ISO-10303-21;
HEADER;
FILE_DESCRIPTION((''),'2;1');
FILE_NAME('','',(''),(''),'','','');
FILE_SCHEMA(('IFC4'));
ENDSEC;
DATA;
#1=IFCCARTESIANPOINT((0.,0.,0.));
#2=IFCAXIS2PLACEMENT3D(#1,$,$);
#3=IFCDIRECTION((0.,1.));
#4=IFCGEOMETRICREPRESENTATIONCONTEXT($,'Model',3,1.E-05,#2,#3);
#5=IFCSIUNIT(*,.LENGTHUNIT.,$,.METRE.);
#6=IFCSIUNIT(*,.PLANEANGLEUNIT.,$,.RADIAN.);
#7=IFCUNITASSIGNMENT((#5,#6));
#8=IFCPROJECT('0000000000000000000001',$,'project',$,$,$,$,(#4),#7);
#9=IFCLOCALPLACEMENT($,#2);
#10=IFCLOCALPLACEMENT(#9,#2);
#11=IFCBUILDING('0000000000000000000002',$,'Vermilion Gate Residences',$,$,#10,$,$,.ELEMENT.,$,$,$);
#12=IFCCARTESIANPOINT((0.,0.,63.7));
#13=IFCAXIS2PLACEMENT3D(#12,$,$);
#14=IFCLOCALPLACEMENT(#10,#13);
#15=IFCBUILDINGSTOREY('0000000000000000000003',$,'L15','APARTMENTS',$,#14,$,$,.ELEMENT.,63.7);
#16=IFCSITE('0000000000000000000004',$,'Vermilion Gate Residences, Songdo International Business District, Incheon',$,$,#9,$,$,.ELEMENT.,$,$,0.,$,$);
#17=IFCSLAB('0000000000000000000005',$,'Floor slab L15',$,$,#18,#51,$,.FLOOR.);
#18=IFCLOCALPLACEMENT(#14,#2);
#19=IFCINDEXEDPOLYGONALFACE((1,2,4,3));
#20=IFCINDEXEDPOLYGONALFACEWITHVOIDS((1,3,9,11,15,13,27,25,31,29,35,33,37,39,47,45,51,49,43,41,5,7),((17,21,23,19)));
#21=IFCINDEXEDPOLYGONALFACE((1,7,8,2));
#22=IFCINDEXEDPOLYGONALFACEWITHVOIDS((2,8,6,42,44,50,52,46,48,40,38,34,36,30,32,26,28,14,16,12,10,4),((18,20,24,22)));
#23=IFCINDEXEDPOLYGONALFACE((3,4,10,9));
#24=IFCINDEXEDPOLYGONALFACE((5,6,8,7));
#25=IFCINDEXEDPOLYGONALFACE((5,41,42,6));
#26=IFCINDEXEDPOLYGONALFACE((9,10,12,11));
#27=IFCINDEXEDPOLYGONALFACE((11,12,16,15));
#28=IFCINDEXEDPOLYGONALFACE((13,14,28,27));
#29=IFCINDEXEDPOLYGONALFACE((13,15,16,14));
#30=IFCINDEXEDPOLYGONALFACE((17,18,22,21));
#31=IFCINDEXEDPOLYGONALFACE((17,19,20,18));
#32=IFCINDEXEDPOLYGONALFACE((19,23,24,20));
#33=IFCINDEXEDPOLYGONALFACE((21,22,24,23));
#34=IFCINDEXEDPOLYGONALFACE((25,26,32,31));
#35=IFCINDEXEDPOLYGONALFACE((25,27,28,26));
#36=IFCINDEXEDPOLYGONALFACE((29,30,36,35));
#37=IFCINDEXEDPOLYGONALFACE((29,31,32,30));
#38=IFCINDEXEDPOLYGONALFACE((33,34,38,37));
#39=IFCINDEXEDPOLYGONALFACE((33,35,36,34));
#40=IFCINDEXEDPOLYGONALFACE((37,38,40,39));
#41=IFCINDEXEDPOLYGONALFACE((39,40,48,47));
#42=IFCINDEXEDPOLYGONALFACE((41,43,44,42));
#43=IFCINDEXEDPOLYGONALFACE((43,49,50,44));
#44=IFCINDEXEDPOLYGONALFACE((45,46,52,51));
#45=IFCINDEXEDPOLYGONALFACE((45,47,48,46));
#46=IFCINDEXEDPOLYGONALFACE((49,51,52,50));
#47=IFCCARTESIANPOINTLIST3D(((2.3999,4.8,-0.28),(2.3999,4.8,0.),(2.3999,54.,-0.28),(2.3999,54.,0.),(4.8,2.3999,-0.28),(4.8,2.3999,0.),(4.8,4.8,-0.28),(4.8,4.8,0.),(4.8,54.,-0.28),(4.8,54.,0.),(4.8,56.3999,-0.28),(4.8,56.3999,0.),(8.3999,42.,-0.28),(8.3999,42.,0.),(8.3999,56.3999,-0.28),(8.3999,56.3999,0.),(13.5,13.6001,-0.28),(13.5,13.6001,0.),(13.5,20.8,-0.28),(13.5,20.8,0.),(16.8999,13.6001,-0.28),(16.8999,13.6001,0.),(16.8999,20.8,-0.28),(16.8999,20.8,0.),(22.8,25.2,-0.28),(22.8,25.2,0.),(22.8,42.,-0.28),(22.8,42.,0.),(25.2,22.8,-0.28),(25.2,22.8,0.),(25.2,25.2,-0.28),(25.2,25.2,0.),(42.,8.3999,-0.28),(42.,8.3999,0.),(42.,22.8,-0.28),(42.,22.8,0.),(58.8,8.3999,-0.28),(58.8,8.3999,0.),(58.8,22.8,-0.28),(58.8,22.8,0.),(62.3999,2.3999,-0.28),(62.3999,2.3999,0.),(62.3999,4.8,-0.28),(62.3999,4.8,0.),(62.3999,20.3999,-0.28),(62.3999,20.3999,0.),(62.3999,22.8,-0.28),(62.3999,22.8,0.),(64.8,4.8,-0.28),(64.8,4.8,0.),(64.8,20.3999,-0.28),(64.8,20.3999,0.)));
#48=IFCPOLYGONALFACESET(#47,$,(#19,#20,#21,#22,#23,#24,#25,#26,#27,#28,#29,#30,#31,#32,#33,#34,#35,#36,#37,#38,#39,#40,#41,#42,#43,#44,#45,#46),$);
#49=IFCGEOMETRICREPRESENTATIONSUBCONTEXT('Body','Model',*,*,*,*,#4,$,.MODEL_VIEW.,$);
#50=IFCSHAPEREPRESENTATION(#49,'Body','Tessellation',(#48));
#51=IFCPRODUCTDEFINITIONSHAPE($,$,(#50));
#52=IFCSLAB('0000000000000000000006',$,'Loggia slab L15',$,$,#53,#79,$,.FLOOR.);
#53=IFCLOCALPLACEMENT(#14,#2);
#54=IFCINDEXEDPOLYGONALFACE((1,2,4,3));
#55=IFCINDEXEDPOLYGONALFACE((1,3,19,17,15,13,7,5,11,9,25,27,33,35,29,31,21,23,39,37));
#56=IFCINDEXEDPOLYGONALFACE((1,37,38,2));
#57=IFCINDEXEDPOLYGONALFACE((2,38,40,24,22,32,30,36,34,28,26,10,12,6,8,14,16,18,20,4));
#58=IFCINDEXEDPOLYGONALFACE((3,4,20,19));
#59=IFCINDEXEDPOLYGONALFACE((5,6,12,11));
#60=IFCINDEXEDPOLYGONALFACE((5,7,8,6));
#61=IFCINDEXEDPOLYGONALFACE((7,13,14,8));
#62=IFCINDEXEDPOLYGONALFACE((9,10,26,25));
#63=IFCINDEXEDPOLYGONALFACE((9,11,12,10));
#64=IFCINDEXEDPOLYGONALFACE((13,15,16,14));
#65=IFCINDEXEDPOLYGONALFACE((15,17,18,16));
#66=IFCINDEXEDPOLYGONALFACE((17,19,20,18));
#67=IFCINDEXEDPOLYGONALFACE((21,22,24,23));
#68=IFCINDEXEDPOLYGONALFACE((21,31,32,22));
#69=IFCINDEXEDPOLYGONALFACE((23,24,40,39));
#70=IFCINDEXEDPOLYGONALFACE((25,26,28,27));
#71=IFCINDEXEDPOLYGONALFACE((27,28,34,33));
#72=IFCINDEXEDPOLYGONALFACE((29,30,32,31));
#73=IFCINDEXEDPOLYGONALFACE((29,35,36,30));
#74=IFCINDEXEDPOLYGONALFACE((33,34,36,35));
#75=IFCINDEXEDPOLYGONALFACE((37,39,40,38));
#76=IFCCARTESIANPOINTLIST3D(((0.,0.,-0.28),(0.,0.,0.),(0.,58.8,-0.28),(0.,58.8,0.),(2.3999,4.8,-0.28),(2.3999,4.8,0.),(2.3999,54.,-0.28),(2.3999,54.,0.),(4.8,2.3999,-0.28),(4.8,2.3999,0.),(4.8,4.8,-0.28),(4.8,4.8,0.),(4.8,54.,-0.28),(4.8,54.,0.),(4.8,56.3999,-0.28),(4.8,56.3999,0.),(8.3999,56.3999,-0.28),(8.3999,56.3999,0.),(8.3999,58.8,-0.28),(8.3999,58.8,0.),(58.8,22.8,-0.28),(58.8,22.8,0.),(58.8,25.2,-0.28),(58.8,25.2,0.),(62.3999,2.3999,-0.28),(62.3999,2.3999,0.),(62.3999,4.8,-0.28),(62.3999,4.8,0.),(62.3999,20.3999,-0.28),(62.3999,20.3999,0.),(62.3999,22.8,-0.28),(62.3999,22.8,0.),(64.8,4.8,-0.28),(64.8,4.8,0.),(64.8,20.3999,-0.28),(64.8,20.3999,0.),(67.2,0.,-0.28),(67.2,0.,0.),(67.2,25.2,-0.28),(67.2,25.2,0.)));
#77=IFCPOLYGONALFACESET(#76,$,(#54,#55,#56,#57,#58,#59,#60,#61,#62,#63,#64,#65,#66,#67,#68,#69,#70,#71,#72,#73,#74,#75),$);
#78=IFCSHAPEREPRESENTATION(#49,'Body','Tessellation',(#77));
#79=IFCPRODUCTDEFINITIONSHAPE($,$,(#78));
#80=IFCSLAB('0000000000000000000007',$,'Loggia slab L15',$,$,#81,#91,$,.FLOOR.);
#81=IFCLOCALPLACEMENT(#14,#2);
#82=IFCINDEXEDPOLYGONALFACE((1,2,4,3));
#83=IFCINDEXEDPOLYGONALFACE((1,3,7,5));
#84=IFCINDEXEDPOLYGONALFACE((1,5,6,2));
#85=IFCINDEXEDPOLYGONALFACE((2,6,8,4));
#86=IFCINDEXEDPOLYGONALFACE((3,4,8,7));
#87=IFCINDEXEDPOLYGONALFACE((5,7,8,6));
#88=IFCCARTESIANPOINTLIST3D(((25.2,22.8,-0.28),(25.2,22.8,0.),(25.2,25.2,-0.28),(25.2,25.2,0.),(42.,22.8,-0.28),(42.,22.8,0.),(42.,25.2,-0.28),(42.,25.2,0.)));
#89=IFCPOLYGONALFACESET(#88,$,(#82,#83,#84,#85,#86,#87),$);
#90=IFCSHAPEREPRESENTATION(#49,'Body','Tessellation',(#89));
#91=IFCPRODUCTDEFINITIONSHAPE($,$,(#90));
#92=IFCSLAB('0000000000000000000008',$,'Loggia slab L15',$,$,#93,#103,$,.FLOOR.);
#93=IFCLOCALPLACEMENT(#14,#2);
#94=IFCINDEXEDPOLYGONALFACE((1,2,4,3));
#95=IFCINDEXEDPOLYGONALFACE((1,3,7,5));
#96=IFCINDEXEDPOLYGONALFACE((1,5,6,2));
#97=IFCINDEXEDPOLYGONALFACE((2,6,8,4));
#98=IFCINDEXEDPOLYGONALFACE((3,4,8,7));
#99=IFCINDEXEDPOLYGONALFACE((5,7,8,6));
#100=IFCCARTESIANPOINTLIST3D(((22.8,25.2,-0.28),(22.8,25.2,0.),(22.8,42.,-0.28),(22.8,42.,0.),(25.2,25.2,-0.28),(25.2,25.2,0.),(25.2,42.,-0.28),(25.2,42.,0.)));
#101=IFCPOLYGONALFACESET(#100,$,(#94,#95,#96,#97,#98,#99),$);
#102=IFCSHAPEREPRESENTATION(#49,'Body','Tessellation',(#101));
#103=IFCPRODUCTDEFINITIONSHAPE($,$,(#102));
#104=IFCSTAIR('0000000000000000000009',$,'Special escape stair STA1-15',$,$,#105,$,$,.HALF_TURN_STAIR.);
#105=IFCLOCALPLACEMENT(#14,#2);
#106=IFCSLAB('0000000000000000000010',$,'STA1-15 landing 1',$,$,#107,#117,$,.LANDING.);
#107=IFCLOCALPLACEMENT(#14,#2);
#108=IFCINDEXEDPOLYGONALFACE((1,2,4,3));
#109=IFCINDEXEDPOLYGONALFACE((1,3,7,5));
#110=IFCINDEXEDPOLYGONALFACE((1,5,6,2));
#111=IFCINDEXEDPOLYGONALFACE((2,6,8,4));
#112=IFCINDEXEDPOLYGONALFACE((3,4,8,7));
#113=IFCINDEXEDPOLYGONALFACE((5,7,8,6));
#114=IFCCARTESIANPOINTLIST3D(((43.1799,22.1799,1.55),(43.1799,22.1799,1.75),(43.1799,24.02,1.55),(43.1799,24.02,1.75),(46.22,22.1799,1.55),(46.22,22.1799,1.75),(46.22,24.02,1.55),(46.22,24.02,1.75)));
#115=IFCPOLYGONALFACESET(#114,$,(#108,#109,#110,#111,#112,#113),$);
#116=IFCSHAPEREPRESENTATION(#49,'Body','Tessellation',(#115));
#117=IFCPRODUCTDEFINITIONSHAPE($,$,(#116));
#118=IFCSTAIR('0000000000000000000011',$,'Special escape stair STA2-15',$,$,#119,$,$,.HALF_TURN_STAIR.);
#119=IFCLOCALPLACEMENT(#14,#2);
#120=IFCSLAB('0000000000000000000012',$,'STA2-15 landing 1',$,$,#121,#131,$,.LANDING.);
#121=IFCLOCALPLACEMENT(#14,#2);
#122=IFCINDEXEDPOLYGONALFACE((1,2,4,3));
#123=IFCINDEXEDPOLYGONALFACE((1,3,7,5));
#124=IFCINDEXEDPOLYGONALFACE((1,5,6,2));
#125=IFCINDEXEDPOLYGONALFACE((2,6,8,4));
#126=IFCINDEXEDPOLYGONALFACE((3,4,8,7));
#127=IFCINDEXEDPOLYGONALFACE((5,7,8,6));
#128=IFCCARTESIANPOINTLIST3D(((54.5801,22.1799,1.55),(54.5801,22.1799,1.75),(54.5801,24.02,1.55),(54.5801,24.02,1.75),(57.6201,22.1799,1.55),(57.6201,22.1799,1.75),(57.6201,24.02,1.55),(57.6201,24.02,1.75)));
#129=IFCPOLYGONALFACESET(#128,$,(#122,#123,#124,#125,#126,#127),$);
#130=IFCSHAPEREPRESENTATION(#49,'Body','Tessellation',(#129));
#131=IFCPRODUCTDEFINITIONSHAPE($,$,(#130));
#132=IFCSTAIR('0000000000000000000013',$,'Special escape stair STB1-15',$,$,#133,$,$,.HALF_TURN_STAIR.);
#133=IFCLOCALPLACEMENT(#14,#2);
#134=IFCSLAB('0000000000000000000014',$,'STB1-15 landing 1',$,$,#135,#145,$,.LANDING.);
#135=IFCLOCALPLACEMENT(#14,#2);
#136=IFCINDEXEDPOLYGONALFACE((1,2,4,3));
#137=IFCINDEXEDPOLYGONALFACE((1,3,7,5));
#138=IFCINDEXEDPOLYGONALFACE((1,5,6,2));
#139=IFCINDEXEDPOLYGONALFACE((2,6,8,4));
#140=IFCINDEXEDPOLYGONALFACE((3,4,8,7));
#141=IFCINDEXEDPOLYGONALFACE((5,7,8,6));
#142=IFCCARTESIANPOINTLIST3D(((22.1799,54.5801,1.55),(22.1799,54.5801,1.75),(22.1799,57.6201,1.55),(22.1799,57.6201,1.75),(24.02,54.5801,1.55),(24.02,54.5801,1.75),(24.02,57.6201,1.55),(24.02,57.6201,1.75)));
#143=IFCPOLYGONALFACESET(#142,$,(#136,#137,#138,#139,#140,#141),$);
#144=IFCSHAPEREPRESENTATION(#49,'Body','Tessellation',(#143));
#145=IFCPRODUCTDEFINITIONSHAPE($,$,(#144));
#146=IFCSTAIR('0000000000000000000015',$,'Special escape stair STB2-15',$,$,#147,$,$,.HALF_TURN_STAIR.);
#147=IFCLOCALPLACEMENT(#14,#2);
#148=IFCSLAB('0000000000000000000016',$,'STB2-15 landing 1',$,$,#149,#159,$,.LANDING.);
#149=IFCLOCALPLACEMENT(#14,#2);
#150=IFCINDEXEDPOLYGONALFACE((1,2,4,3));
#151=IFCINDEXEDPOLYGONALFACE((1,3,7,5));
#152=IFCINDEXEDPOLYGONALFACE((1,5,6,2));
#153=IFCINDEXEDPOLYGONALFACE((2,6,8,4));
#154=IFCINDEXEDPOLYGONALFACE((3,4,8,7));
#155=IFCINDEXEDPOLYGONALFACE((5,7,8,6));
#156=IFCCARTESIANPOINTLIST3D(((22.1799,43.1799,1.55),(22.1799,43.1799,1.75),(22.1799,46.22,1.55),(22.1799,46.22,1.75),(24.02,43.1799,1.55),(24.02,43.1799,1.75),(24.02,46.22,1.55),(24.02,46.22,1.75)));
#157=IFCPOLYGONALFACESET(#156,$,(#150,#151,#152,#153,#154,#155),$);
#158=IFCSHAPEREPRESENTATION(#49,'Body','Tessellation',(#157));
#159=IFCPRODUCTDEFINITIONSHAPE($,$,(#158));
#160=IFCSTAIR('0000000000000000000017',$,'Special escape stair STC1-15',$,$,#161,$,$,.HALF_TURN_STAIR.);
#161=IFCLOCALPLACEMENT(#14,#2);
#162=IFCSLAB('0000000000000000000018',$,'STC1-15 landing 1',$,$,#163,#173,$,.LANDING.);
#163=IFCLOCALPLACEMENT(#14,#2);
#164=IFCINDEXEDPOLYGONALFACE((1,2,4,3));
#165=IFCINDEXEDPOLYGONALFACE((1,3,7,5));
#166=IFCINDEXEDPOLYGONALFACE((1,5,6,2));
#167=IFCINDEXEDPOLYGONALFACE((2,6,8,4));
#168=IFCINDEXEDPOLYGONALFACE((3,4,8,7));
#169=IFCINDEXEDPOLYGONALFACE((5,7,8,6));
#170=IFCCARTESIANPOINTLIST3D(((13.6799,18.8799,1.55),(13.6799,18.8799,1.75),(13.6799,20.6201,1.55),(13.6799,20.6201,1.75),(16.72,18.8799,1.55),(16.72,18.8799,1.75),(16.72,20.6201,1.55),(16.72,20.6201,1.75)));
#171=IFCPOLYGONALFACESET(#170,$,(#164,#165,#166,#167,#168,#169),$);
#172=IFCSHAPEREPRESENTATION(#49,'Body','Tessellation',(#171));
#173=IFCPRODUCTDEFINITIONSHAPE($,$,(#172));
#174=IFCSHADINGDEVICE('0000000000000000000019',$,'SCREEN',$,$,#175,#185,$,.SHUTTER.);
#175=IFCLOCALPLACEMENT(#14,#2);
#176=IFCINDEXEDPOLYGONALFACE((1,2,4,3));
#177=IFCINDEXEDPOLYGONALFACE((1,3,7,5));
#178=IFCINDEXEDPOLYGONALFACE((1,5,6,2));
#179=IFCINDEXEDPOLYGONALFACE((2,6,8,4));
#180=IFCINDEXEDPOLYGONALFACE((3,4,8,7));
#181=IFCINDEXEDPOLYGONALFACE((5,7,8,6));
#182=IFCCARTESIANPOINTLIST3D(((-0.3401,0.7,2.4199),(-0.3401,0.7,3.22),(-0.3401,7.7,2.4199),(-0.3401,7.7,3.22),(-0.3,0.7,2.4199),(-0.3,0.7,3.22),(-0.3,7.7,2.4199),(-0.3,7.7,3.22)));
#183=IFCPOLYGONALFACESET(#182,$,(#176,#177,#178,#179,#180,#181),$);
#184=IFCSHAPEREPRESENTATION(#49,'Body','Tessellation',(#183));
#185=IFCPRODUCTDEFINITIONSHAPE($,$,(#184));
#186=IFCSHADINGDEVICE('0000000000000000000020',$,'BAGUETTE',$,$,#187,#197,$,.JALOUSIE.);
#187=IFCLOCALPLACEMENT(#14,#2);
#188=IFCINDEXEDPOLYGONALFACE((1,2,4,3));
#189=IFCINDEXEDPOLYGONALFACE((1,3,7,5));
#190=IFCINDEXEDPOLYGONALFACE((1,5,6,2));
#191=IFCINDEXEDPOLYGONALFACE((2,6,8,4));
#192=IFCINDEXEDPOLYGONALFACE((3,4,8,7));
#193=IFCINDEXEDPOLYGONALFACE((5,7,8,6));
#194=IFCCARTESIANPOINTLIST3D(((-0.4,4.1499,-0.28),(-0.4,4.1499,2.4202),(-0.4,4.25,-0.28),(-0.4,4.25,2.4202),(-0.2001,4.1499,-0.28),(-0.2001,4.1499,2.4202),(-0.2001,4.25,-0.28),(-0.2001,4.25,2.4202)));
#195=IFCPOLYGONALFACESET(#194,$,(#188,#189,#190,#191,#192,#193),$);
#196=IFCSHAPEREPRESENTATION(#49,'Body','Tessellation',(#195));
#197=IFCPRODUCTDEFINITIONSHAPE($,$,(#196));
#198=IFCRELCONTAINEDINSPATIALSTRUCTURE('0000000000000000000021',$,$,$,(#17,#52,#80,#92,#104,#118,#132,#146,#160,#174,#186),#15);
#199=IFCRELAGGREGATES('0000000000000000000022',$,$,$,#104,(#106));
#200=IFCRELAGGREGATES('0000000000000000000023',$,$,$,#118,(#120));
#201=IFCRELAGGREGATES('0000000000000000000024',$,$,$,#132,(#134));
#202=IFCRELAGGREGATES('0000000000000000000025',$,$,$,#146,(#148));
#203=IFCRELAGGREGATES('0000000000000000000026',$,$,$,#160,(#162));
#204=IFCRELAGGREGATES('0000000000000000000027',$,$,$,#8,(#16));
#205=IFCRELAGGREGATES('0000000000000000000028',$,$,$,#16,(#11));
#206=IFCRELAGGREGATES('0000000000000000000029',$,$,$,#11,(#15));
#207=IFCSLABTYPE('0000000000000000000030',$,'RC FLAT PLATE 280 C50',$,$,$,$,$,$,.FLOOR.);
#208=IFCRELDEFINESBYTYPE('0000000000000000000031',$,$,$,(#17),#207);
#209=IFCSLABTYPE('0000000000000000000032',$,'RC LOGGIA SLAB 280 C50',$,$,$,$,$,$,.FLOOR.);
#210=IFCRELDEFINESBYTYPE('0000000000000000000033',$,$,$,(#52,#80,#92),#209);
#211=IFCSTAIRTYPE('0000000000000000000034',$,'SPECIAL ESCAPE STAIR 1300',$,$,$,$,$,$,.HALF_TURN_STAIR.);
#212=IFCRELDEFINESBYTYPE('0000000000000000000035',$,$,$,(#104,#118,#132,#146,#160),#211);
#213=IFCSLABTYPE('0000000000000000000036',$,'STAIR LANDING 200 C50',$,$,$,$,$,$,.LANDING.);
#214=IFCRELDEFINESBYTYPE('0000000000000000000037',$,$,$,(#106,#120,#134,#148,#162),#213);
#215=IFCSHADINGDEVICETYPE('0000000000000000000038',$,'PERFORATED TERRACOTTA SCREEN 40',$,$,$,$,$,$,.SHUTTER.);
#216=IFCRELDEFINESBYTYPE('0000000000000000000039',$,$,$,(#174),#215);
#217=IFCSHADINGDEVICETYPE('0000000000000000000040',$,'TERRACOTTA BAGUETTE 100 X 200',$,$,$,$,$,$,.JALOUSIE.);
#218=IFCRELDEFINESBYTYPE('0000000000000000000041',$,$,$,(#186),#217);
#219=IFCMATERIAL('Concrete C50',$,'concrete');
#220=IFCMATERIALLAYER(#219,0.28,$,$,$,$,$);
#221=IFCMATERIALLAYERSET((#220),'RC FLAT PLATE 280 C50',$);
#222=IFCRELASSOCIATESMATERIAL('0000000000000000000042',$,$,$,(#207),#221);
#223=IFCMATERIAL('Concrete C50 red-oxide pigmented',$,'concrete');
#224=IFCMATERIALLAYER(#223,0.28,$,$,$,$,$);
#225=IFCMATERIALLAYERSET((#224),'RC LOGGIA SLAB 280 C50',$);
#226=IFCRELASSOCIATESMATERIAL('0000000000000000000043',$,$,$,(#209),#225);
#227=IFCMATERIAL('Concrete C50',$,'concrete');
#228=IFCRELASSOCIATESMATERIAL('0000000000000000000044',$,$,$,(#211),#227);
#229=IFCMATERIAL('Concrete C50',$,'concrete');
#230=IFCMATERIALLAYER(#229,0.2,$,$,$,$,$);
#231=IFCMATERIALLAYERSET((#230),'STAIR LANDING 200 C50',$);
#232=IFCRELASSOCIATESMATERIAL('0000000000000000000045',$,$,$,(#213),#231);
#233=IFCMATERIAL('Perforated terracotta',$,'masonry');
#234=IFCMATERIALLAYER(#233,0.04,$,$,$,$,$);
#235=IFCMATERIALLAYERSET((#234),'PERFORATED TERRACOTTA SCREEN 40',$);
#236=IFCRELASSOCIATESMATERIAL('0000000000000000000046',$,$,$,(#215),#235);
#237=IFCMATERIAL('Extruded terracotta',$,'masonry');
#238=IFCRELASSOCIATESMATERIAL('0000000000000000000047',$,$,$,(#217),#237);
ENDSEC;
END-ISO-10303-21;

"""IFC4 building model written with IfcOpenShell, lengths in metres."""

from ifc_helpers import new_model, si_unit, direction, frame, origin, origin_2d, place, context, subcontext, project, spatial, polyline, rectangle, outline, extrude, material, layer, layer_set, material_profile, profile_set, type_object, element, aggregate, save


model = new_model("IFC4")

# Units and contexts
model_context = context("Model", 3, precision=1e-05, world=origin(), true_north=direction((0.0, 1.0)))
body_context = subcontext(model_context, "Body", "Model", "MODEL_VIEW")
ifc_project = project(units=[si_unit("LENGTHUNIT", "METRE"), si_unit("PLANEANGLEUNIT", "RADIAN")], contexts=[model_context])

# Site, building, storey
site_placement = place(None, origin())
site = spatial("IfcSite", under=ifc_project, at=site_placement, Name="Vermilion Gate Residences, Songdo International Business District, Incheon", CompositionType="ELEMENT", RefElevation=0.0)
building_placement = place(site_placement, origin())
building = spatial("IfcBuilding", under=site, at=building_placement, Name="Vermilion Gate Residences", CompositionType="ELEMENT")
storey_placement = place(building_placement, frame((0.0, 0.0, 63.7)))
storey = spatial("IfcBuildingStorey", under=building, at=storey_placement, Name="L15", Description="APARTMENTS", CompositionType="ELEMENT", Elevation=63.7)

# Slabs
ifc_material_1 = material(Name="Concrete C50", Category="concrete")
ifc_layer_1 = layer(ifc_material_1, 0.28)
ifc_layer_set_1 = layer_set([ifc_layer_1], Name="RC FLAT PLATE 280 C50")
slab_type_1 = type_object("IfcSlabType", Name="RC FLAT PLATE 280 C50", PredefinedType="FLOOR", material=ifc_layer_set_1)
slab_1_placement = place(storey_placement, frame((0.0, 0.0, -0.28)))
element("IfcSlab", 1, at=slab_1_placement, inside=storey, type_object=slab_type_1, Name="Floor slab L15", PredefinedType="FLOOR", context=body_context, shape_type="SweptSolid", body=[
    extrude(outline(polyline([(22.8, 25.2), (22.8, 42.0), (8.3999, 42.0), (8.3999, 56.3999), (4.8, 56.3999), (4.8, 54.0), (2.3999, 54.0), (2.3999, 4.8), (4.8, 4.8), (4.8, 2.3999), (62.3999, 2.3999), (62.3999, 4.8), (64.8, 4.8), (64.8, 20.3999), (62.3999, 20.3999), (62.3999, 22.8), (58.8, 22.8), (58.8, 8.3999), (42.0, 8.3999), (42.0, 22.8), (25.2, 22.8), (25.2, 25.2), (22.8, 25.2)]), holes=[polyline([(13.5, 13.6001), (13.5, 20.8), (16.8999, 20.8), (16.8999, 13.6001), (13.5, 13.6001)])]), origin(), (0.0, 0.0, 1.0), 0.28),
])
ifc_material_2 = material(Name="Concrete C50 red-oxide pigmented", Category="concrete")
ifc_layer_2 = layer(ifc_material_2, 0.28)
ifc_layer_set_2 = layer_set([ifc_layer_2], Name="RC LOGGIA SLAB 280 C50")
slab_type_2 = type_object("IfcSlabType", Name="RC LOGGIA SLAB 280 C50", PredefinedType="FLOOR", material=ifc_layer_set_2)
slab_2_placement = place(storey_placement, frame((0.0, 0.0, -0.28)))
element("IfcSlab", 2, at=slab_2_placement, inside=storey, type_object=slab_type_2, Name="Loggia slab L15", PredefinedType="FLOOR", context=body_context, shape_type="SweptSolid", body=[
    extrude(outline(polyline([(0.0, 58.8), (0.0, 0.0), (67.2, 0.0), (67.2, 25.2), (58.8, 25.2), (58.8, 22.8), (62.3999, 22.8), (62.3999, 20.3999), (64.8, 20.3999), (64.8, 4.8), (62.3999, 4.8), (62.3999, 2.3999), (4.8, 2.3999), (4.8, 4.8), (2.3999, 4.8), (2.3999, 54.0), (4.8, 54.0), (4.8, 56.3999), (8.3999, 56.3999), (8.3999, 58.8), (0.0, 58.8)])), origin(), (0.0, 0.0, 1.0), 0.28),
])
slab_3_placement = place(storey_placement, frame((0.0, 0.0, -0.28)))
element("IfcSlab", 3, at=slab_3_placement, inside=storey, type_object=slab_type_2, Name="Loggia slab L15", PredefinedType="FLOOR", context=body_context, shape_type="SweptSolid", body=[
    extrude(outline(polyline([(25.2, 22.8), (42.0, 22.8), (42.0, 25.2), (25.2, 25.2), (25.2, 22.8)])), origin(), (0.0, 0.0, 1.0), 0.28),
])
slab_4_placement = place(storey_placement, frame((0.0, 0.0, -0.28)))
element("IfcSlab", 4, at=slab_4_placement, inside=storey, type_object=slab_type_2, Name="Loggia slab L15", PredefinedType="FLOOR", context=body_context, shape_type="SweptSolid", body=[
    extrude(outline(polyline([(22.8, 42.0), (22.8, 25.2), (25.2, 25.2), (25.2, 42.0), (22.8, 42.0)])), origin(), (0.0, 0.0, 1.0), 0.28),
])

# Stairs, slabs
ifc_material_3 = material(Name="Concrete C50", Category="concrete")
stair_type = type_object("IfcStairType", Name="SPECIAL ESCAPE STAIR 1300", PredefinedType="HALF_TURN_STAIR", material=ifc_material_3)
stair_1_placement = place(storey_placement, origin())
stair_1 = element("IfcStair", 5, at=stair_1_placement, inside=storey, type_object=stair_type, Name="Special escape stair STA1-15", PredefinedType="HALF_TURN_STAIR")
ifc_material_4 = material(Name="Concrete C50", Category="concrete")
ifc_layer_3 = layer(ifc_material_4, 0.2)
ifc_layer_set_3 = layer_set([ifc_layer_3], Name="STAIR LANDING 200 C50")
slab_type_3 = type_object("IfcSlabType", Name="STAIR LANDING 200 C50", PredefinedType="LANDING", material=ifc_layer_set_3)
slab_5_placement = place(storey_placement, frame((0.0, 0.0, 1.55)))
slab_5 = element("IfcSlab", 6, at=slab_5_placement, type_object=slab_type_3, Name="STA1-15 landing 1", PredefinedType="LANDING", context=body_context, shape_type="SweptSolid", body=[
    extrude(outline(polyline([(46.22, 22.1799), (46.22, 24.02), (43.1799, 24.02), (43.1799, 22.1799), (46.22, 22.1799)])), origin(), (0.0, 0.0, 1.0), 0.2),
])
aggregate(stair_1, [slab_5])
stair_2_placement = place(storey_placement, origin())
stair_2 = element("IfcStair", 7, at=stair_2_placement, inside=storey, type_object=stair_type, Name="Special escape stair STA2-15", PredefinedType="HALF_TURN_STAIR")
slab_6_placement = place(storey_placement, frame((0.0, 0.0, 1.55)))
slab_6 = element("IfcSlab", 8, at=slab_6_placement, type_object=slab_type_3, Name="STA2-15 landing 1", PredefinedType="LANDING", context=body_context, shape_type="SweptSolid", body=[
    extrude(outline(polyline([(57.6201, 22.1799), (57.6201, 24.02), (54.5801, 24.02), (54.5801, 22.1799), (57.6201, 22.1799)])), origin(), (0.0, 0.0, 1.0), 0.2),
])
aggregate(stair_2, [slab_6])
stair_3_placement = place(storey_placement, origin())
stair_3 = element("IfcStair", 9, at=stair_3_placement, inside=storey, type_object=stair_type, Name="Special escape stair STB1-15", PredefinedType="HALF_TURN_STAIR")
slab_7_placement = place(storey_placement, frame((0.0, 0.0, 1.55)))
slab_7 = element("IfcSlab", 10, at=slab_7_placement, type_object=slab_type_3, Name="STB1-15 landing 1", PredefinedType="LANDING", context=body_context, shape_type="SweptSolid", body=[
    extrude(outline(polyline([(24.02, 54.5801), (24.02, 57.6201), (22.1799, 57.6201), (22.1799, 54.5801), (24.02, 54.5801)])), origin(), (0.0, 0.0, 1.0), 0.2),
])
aggregate(stair_3, [slab_7])
stair_4_placement = place(storey_placement, origin())
stair_4 = element("IfcStair", 11, at=stair_4_placement, inside=storey, type_object=stair_type, Name="Special escape stair STB2-15", PredefinedType="HALF_TURN_STAIR")
slab_8_placement = place(storey_placement, frame((0.0, 0.0, 1.55)))
slab_8 = element("IfcSlab", 12, at=slab_8_placement, type_object=slab_type_3, Name="STB2-15 landing 1", PredefinedType="LANDING", context=body_context, shape_type="SweptSolid", body=[
    extrude(outline(polyline([(24.02, 43.1799), (24.02, 46.22), (22.1799, 46.22), (22.1799, 43.1799), (24.02, 43.1799)])), origin(), (0.0, 0.0, 1.0), 0.2),
])
aggregate(stair_4, [slab_8])
stair_5_placement = place(storey_placement, origin())
stair_5 = element("IfcStair", 13, at=stair_5_placement, inside=storey, type_object=stair_type, Name="Special escape stair STC1-15", PredefinedType="HALF_TURN_STAIR")
slab_9_placement = place(storey_placement, frame((0.0, 0.0, 1.55)))
slab_9 = element("IfcSlab", 14, at=slab_9_placement, type_object=slab_type_3, Name="STC1-15 landing 1", PredefinedType="LANDING", context=body_context, shape_type="SweptSolid", body=[
    extrude(outline(polyline([(16.72, 18.8799), (16.72, 20.6201), (13.6799, 20.6201), (13.6799, 18.8799), (16.72, 18.8799)])), origin(), (0.0, 0.0, 1.0), 0.2),
])
aggregate(stair_5, [slab_9])

# Shading devices
ifc_material_5 = material(Name="Perforated terracotta", Category="masonry")
ifc_layer_4 = layer(ifc_material_5, 0.04)
ifc_layer_set_4 = layer_set([ifc_layer_4], Name="PERFORATED TERRACOTTA SCREEN 40")
shading_device_type_1 = type_object("IfcShadingDeviceType", Name="PERFORATED TERRACOTTA SCREEN 40", PredefinedType="SHUTTER", material=ifc_layer_set_4)
shading_device_1_placement = place(storey_placement, frame((-0.3201, 4.2, 2.4199), z_axis=(0.0, 0.0, 1.0), x_axis=(0.0, -1.0, 0.0)))
element("IfcShadingDevice", 15, at=shading_device_1_placement, inside=storey, type_object=shading_device_type_1, Name="SCREEN", PredefinedType="SHUTTER", context=body_context, shape_type="SweptSolid", body=[
    extrude(rectangle(XDim=7.0, YDim=0.04, at=origin_2d()), origin(), (0.0, 0.0, 1.0), 0.8),
])
ifc_material_6 = material(Name="Extruded terracotta", Category="masonry")
ifc_material_profile_1 = material_profile(ifc_material_6, rectangle(XDim=0.2, YDim=0.1001, at=origin_2d()), Name="BAGUETTE 100 X 200")
ifc_profile_set_1 = profile_set([ifc_material_profile_1], Name="Extruded terracotta")
shading_device_type_2 = type_object("IfcShadingDeviceType", Name="TERRACOTTA BAGUETTE 100 X 200", PredefinedType="JALOUSIE", material=ifc_profile_set_1)
shading_device_2_placement = place(storey_placement, frame((-0.3, 4.2, -0.28), z_axis=(0.0, 0.0, 1.0), x_axis=(1.0, 0.0, 0.0)))
element("IfcShadingDevice", 16, at=shading_device_2_placement, inside=storey, type_object=shading_device_type_2, Name="BAGUETTE", PredefinedType="JALOUSIE", context=body_context, shape_type="SweptSolid", body=[
    extrude(rectangle(XDim=0.2, YDim=0.1001, at=origin_2d()), origin(), (0.0, 0.0, 1.0), 2.7002),
])

save(model, "model.ifc")
